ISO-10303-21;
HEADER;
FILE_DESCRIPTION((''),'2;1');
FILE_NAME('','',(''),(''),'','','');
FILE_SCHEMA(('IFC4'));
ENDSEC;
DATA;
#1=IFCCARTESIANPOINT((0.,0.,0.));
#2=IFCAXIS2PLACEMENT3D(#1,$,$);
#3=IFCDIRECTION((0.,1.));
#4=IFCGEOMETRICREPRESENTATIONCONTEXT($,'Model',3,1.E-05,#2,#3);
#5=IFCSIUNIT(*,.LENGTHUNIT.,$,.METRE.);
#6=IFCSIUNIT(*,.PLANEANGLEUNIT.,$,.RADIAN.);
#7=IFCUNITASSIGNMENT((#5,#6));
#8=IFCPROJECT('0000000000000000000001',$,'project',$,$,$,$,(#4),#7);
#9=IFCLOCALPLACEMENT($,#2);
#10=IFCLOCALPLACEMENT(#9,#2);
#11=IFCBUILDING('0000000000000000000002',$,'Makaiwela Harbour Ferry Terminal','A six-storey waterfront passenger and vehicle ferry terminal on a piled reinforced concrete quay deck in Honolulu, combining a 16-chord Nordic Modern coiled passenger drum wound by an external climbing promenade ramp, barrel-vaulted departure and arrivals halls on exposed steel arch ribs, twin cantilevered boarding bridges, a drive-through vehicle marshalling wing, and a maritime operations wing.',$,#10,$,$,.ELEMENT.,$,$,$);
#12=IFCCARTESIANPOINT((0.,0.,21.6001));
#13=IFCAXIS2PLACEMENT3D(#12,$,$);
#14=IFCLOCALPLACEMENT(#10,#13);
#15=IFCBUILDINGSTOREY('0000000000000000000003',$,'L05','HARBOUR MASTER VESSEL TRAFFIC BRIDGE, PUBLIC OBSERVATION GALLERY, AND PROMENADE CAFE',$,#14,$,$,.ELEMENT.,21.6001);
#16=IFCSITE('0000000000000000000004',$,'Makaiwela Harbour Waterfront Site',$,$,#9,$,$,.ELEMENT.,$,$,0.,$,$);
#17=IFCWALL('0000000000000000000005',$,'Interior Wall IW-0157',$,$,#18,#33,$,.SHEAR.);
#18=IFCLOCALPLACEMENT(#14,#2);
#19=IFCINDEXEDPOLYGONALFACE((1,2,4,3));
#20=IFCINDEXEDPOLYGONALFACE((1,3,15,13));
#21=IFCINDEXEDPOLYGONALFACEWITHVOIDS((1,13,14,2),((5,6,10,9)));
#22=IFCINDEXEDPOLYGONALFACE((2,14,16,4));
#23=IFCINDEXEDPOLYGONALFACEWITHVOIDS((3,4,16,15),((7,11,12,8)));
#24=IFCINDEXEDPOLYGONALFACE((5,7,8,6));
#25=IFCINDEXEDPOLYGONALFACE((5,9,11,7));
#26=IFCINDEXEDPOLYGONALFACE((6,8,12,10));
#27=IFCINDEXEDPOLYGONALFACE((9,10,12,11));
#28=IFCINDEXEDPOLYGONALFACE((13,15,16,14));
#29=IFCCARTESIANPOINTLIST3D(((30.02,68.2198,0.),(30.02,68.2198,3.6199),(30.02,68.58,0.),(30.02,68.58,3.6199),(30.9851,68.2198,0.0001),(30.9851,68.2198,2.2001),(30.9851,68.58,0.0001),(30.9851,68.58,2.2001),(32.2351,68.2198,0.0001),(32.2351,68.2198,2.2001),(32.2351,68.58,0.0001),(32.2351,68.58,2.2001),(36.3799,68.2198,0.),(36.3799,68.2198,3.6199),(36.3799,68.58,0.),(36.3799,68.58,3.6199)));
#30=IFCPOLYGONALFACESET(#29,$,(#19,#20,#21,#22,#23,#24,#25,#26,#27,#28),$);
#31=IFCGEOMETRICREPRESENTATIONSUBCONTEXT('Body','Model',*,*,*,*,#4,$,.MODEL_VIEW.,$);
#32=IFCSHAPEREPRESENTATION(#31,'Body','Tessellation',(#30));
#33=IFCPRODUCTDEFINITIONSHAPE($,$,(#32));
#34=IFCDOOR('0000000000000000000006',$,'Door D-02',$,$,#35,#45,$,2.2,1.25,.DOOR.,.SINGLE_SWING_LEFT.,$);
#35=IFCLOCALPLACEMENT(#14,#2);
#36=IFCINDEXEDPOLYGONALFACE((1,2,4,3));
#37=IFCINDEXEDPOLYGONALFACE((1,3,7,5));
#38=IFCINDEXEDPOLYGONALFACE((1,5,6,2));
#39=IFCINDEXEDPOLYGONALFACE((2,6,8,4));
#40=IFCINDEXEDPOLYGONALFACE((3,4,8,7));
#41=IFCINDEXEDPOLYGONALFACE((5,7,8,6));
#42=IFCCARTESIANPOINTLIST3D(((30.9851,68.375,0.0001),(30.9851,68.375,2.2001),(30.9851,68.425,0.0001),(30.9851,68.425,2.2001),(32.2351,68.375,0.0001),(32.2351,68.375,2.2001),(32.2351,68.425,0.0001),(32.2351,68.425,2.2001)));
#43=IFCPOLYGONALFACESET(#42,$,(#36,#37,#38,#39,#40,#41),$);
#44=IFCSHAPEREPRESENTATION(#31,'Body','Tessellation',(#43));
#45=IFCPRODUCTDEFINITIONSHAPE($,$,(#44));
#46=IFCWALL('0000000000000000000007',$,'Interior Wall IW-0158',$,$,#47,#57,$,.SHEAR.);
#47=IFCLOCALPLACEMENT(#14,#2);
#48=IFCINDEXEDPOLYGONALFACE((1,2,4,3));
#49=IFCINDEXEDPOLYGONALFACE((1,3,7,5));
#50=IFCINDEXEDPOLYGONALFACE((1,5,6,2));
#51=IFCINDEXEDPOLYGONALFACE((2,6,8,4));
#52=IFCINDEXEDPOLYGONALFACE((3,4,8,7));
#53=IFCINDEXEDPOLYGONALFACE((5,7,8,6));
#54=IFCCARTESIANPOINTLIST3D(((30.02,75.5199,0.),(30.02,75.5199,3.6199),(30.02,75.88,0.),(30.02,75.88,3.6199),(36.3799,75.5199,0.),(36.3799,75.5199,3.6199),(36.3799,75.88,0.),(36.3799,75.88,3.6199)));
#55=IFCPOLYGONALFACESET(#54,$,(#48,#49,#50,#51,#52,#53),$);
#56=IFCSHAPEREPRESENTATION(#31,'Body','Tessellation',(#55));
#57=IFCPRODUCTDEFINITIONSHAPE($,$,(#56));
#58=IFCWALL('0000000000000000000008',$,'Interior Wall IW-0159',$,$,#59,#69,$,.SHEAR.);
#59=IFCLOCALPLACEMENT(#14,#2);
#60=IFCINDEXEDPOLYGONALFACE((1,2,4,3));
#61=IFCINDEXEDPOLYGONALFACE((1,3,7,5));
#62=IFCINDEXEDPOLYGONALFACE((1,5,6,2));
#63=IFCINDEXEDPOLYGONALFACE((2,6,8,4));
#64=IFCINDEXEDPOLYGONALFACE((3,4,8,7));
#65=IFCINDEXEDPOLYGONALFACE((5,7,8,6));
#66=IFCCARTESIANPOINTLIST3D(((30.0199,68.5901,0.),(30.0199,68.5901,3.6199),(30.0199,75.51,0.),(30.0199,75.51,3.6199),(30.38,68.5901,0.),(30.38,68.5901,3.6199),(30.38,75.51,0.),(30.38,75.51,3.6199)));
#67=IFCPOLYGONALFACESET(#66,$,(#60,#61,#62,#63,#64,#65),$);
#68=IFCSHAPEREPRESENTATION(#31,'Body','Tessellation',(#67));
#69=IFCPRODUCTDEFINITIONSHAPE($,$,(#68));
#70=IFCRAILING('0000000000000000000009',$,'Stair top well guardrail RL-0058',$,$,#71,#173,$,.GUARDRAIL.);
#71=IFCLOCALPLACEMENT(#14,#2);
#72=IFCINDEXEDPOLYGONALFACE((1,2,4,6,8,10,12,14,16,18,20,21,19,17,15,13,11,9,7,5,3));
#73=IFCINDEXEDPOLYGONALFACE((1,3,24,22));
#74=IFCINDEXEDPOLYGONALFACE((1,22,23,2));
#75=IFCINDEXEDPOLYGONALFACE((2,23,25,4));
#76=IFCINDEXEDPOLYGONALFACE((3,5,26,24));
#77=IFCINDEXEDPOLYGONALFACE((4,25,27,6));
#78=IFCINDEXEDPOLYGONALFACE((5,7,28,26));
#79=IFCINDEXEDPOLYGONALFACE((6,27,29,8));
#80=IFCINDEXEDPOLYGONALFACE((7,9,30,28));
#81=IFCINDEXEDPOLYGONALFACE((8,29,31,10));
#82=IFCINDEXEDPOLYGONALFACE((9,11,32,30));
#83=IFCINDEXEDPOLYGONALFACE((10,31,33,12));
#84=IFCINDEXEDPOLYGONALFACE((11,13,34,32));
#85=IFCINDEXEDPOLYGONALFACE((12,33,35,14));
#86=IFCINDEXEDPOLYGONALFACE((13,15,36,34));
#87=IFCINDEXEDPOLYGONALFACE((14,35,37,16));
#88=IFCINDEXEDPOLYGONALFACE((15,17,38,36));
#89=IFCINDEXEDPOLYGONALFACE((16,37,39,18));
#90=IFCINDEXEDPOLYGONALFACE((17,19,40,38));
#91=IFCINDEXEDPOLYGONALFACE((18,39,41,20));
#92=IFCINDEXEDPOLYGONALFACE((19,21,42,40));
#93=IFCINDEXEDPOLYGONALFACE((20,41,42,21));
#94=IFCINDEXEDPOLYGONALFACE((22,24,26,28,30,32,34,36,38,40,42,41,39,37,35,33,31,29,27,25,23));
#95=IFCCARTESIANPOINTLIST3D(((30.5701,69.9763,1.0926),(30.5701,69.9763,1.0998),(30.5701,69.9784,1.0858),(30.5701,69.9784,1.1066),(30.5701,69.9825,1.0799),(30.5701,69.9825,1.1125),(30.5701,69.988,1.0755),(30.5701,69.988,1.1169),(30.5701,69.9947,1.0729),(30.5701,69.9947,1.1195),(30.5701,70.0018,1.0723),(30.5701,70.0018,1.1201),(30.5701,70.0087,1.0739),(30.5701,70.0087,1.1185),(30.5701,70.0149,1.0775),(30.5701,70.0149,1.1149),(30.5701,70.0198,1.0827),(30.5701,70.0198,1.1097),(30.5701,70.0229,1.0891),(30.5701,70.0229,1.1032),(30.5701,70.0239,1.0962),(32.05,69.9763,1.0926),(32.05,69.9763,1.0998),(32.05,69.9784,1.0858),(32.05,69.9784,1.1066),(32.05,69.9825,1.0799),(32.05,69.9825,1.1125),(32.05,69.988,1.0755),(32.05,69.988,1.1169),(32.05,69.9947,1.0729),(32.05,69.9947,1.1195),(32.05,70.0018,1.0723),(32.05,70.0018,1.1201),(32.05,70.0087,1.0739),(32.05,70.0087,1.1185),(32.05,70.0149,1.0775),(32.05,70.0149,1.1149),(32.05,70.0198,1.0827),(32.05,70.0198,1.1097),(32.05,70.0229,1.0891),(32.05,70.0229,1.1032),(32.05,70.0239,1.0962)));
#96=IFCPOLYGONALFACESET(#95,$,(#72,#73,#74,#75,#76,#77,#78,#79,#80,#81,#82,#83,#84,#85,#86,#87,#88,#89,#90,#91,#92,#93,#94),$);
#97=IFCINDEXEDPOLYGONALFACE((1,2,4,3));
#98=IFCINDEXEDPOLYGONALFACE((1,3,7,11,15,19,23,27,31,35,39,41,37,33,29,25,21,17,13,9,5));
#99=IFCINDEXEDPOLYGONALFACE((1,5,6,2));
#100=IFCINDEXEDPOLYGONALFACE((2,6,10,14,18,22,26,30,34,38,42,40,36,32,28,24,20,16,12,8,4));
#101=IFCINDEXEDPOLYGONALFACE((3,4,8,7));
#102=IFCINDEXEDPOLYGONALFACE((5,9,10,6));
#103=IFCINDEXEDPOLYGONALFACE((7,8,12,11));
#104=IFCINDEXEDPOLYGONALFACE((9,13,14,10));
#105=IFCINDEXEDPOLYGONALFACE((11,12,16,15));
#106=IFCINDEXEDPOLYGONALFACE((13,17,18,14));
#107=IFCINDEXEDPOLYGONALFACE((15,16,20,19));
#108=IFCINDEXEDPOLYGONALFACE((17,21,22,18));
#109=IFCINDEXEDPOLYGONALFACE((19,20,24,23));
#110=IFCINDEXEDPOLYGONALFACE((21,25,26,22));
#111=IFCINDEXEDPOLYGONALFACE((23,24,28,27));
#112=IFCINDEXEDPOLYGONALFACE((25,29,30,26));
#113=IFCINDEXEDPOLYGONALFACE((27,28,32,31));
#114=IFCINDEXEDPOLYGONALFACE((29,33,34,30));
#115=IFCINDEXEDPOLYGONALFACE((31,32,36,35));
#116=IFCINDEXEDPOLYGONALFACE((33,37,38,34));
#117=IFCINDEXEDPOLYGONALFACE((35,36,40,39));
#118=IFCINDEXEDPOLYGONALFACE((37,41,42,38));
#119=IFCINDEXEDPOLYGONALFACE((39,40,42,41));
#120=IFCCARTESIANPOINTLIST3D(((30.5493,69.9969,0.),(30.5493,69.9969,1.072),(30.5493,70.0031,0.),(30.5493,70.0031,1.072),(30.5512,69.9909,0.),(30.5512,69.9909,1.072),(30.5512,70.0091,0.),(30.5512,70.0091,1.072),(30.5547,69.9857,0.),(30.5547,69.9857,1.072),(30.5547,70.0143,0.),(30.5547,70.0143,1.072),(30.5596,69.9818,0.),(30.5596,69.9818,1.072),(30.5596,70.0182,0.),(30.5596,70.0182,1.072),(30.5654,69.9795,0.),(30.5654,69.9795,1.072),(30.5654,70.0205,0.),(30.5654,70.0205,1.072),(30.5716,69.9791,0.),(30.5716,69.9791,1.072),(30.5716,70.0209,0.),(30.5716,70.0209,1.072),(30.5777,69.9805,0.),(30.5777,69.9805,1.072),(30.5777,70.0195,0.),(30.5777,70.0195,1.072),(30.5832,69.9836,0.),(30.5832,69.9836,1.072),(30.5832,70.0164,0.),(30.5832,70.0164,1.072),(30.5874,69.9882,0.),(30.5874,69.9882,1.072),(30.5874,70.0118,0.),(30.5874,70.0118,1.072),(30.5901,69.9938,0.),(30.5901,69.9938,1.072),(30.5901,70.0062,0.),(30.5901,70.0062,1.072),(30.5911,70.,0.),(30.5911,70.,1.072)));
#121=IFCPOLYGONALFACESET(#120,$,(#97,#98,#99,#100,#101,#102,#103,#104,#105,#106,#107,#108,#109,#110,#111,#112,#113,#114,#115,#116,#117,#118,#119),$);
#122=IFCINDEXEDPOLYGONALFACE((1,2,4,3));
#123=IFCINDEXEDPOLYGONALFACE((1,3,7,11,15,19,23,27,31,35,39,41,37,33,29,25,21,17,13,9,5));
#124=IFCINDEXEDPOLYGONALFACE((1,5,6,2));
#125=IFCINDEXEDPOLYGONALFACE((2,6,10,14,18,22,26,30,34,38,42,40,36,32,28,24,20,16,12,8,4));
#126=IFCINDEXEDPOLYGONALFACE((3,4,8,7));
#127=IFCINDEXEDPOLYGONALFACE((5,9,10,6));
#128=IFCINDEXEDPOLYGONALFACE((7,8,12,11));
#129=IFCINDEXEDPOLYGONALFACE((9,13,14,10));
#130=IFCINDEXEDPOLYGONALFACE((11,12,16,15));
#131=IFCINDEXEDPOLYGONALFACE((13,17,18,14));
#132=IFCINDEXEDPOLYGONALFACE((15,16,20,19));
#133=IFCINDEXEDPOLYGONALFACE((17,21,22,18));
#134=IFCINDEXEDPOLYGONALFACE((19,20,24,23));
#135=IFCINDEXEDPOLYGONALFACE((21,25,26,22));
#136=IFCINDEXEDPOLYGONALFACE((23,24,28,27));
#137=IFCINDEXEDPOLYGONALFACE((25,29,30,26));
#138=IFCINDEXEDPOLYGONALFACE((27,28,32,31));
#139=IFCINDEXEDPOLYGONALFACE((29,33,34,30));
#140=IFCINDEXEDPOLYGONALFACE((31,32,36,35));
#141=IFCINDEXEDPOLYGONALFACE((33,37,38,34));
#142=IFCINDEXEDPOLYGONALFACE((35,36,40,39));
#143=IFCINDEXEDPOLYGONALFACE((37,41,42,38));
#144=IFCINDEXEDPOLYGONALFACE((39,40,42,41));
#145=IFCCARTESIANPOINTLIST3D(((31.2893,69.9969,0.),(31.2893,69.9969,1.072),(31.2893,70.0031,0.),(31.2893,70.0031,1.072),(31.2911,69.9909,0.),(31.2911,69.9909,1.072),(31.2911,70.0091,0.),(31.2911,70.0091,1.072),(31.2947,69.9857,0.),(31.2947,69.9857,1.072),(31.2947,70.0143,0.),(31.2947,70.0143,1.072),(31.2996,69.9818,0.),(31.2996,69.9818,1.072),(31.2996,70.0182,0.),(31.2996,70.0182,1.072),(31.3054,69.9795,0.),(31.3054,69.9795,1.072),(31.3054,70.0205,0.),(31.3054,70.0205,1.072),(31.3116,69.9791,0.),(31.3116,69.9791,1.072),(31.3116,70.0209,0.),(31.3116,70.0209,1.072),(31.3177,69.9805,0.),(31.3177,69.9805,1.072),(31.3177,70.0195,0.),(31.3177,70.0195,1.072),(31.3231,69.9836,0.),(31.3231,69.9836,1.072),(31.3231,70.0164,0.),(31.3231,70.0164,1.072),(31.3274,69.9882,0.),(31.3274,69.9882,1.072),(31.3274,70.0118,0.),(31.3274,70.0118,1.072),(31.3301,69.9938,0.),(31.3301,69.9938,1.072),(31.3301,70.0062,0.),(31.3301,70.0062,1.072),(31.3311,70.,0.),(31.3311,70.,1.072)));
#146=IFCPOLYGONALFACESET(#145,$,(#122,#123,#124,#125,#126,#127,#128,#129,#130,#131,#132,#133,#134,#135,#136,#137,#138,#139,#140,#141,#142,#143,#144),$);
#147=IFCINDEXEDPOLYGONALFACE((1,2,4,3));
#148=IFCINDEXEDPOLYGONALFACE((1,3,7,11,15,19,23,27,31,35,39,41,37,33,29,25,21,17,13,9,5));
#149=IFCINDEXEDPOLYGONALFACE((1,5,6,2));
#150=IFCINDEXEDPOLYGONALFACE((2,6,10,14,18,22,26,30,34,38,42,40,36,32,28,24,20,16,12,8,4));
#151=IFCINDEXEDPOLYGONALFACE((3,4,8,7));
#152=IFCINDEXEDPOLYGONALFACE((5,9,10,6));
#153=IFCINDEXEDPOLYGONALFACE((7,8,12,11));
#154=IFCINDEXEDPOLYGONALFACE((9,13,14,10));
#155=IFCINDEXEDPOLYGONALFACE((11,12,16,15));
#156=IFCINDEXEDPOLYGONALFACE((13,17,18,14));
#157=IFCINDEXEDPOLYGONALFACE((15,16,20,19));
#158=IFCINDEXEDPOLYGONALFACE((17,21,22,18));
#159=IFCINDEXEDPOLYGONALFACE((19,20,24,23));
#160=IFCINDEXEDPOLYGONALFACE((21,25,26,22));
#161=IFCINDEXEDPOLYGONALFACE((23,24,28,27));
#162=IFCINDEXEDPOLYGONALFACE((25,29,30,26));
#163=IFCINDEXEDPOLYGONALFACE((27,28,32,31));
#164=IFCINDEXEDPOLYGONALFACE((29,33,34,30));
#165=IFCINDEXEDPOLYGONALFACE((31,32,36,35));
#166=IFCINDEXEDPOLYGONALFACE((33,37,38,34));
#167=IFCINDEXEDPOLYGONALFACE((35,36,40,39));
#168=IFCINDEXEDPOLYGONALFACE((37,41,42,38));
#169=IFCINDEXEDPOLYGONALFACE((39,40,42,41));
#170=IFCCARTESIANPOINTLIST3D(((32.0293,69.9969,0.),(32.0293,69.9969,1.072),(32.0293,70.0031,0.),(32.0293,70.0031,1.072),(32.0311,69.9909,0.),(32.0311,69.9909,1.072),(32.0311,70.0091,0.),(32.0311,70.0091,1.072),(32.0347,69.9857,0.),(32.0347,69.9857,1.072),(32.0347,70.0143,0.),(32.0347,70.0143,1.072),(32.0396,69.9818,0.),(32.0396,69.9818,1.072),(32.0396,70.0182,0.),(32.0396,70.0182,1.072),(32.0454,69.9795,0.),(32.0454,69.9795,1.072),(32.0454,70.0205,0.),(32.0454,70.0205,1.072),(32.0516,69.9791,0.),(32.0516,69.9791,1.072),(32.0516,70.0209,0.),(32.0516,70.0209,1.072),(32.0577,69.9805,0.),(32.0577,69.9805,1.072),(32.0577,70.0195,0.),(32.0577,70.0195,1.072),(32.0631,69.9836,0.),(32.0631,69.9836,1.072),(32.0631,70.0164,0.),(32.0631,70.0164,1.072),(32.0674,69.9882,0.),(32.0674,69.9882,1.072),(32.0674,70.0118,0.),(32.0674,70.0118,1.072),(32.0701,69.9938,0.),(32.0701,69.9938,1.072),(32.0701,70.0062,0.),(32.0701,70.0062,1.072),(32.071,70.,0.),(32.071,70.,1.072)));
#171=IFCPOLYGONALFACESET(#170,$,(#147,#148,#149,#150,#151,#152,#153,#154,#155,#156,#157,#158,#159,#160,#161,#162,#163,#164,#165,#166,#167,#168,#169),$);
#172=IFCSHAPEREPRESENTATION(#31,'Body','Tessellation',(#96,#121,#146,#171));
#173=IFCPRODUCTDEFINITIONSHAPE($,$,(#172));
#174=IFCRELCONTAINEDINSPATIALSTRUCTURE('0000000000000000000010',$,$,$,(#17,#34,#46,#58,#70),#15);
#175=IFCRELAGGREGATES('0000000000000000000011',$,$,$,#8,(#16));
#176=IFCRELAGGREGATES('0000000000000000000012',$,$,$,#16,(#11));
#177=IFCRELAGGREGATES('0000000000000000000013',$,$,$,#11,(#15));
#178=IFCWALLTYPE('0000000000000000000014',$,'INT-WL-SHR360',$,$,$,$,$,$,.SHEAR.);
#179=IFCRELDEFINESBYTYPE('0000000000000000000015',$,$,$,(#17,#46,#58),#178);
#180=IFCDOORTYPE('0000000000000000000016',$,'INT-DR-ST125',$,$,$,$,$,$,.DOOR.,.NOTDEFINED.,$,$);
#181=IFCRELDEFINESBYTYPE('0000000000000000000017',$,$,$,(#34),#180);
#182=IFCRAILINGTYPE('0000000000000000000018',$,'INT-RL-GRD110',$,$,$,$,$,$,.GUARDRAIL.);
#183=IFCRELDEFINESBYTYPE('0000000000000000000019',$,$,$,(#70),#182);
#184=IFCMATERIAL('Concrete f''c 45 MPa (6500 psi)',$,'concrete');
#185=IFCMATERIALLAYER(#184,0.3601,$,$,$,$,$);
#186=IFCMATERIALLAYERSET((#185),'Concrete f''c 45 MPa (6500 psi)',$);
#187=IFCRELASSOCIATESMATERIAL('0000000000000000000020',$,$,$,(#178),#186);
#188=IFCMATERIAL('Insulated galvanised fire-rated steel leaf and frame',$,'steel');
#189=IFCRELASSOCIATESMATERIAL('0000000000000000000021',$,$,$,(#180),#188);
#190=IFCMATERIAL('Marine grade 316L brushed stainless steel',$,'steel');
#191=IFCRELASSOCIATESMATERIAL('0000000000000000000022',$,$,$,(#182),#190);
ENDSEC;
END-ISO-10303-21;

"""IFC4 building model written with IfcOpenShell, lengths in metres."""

from ifc_helpers import new_model, si_unit, direction, frame, frame_2d, origin, origin_2d, place, context, subcontext, project, spatial, rectangle, circle, extrude, material, layer, layer_set, type_object, element, fill, save


model = new_model("IFC4")

# Units and contexts
model_context = context("Model", 3, precision=1e-05, world=origin(), true_north=direction((0.0, 1.0)))
body_context = subcontext(model_context, "Body", "Model", "MODEL_VIEW")
ifc_project = project(units=[si_unit("LENGTHUNIT", "METRE"), si_unit("PLANEANGLEUNIT", "RADIAN")], contexts=[model_context])

# Site, building, storey
site_placement = place(None, origin())
site = spatial("IfcSite", under=ifc_project, at=site_placement, Name="Makaiwela Harbour Waterfront Site", CompositionType="ELEMENT", RefElevation=0.0)
building_placement = place(site_placement, origin())
building = spatial("IfcBuilding", under=site, at=building_placement, Name="Makaiwela Harbour Ferry Terminal", Description="A six-storey waterfront passenger and vehicle ferry terminal on a piled reinforced concrete quay deck in Honolulu, combining a 16-chord Nordic Modern coiled passenger drum wound by an external climbing promenade ramp, barrel-vaulted departure and arrivals halls on exposed steel arch ribs, twin cantilevered boarding bridges, a drive-through vehicle marshalling wing, and a maritime operations wing.", CompositionType="ELEMENT")
storey_placement = place(building_placement, frame((0.0, 0.0, 21.6001)))
storey = spatial("IfcBuildingStorey", under=building, at=storey_placement, Name="L05", Description="HARBOUR MASTER VESSEL TRAFFIC BRIDGE, PUBLIC OBSERVATION GALLERY, AND PROMENADE CAFE", CompositionType="ELEMENT", Elevation=21.6001)

# Shared definitions
ifc_material_1 = material(Name="Concrete f'c 45 MPa (6500 psi)", Category="concrete")

# Wall, opening, door
ifc_layer_1 = layer(ifc_material_1, 0.3601)
ifc_layer_set_1 = layer_set([ifc_layer_1], Name="Concrete f'c 45 MPa (6500 psi)")
wall_type_1 = type_object("IfcWallType", Name="INT-WL-SHR360", PredefinedType="SHEAR", material=ifc_layer_set_1)
wall_1_placement = place(storey_placement, frame((30.02, 68.3999, 0.0), z_axis=(0.0, 0.0, 1.0), x_axis=(1.0, 0.0, 0.0)))
wall_1 = element("IfcWall", 1, at=wall_1_placement, inside=storey, type_object=wall_type_1, Name="Interior Wall IW-0157", PredefinedType="SHEAR", context=body_context, shape_type="SweptSolid", body=[
    extrude(rectangle(XDim=6.3599, YDim=0.3601, at=frame_2d((3.1799, 0.0))), origin(), (0.0, 0.0, 1.0), 3.6199),
])
opening_1_placement = place(wall_1_placement, frame((0.9651, 0.0, 0.0)))
opening_1 = element("IfcOpeningElement", 2, at=opening_1_placement, cuts=wall_1, PredefinedType="OPENING", context=body_context, shape_type="SweptSolid", body=[
    extrude(rectangle(XDim=1.25, YDim=2.2, at=frame_2d((0.625, 1.1001))), frame((0.0, 0.1899, 0.0), z_axis=(0.0, -1.0, 0.0), x_axis=(1.0, 0.0, 0.0)), (0.0, 0.0, 1.0), 0.3801),
])
ifc_material_2 = material(Name="Insulated galvanised fire-rated steel leaf and frame", Category="steel")
door_type_1 = type_object("IfcDoorType", Name="INT-DR-ST125", OperationType="NOTDEFINED", PredefinedType="DOOR", material=ifc_material_2)
door_1_placement = place(opening_1_placement, frame((1.25, 0.0, 0.0), z_axis=(0.0, 0.0, 1.0), x_axis=(-1.0, 0.0, 0.0)))
door_1 = element("IfcDoor", 3, at=door_1_placement, inside=storey, type_object=door_type_1, Name="Door D-02", OperationType="SINGLE_SWING_LEFT", OverallHeight=2.2, OverallWidth=1.25, PredefinedType="DOOR", context=body_context, shape_type="SweptSolid", body=[
    extrude(rectangle(XDim=1.25, YDim=2.2, at=frame_2d((0.625, 1.1001))), frame((0.0, 0.0249, 0.0), z_axis=(0.0, -1.0, 0.0), x_axis=(1.0, 0.0, 0.0)), (0.0, 0.0, 1.0), 0.05),
])
fill(opening_1, door_1)

# Walls
wall_2_placement = place(storey_placement, frame((30.02, 75.7, 0.0), z_axis=(0.0, 0.0, 1.0), x_axis=(1.0, 0.0, 0.0)))
element("IfcWall", 4, at=wall_2_placement, inside=storey, type_object=wall_type_1, Name="Interior Wall IW-0158", PredefinedType="SHEAR", context=body_context, shape_type="SweptSolid", body=[
    extrude(rectangle(XDim=6.3599, YDim=0.3601, at=frame_2d((3.1799, 0.0))), origin(), (0.0, 0.0, 1.0), 3.6199),
])
wall_3_placement = place(storey_placement, frame((30.2, 68.5901, 0.0), z_axis=(0.0, 0.0, 1.0), x_axis=(0.0, 1.0, 0.0)))
element("IfcWall", 5, at=wall_3_placement, inside=storey, type_object=wall_type_1, Name="Interior Wall IW-0159", PredefinedType="SHEAR", context=body_context, shape_type="SweptSolid", body=[
    extrude(rectangle(XDim=6.9199, YDim=0.3601, at=frame_2d((3.46, 0.0))), origin(), (0.0, 0.0, 1.0), 3.6199),
])

# Shared definitions
ifc_material_3 = material(Name="Marine grade 316L brushed stainless steel", Category="steel")

# Railing
railing_type = type_object("IfcRailingType", Name="INT-RL-GRD110", PredefinedType="GUARDRAIL", material=ifc_material_3)
railing_placement = place(storey_placement, frame((30.5701, 70.0, 0.0)))
element("IfcRailing", 6, at=railing_placement, inside=storey, type_object=railing_type, Name="Stair top well guardrail RL-0058", PredefinedType="GUARDRAIL", context=body_context, shape_type="SweptSolid", body=[
    extrude(circle(Radius=0.0239, at=origin_2d()), frame((0.0, 0.0, 1.0962), z_axis=(1.0, 0.0, 0.0), x_axis=(0.0, 1.0, 0.0)), (0.0, 0.0, 1.0), 1.48),
    extrude(circle(Radius=0.021, at=origin_2d()), origin(), (0.0, 0.0, 1.0), 1.072),
    extrude(circle(Radius=0.021, at=origin_2d()), frame((0.74, 0.0, 0.0)), (0.0, 0.0, 1.0), 1.072),
    extrude(circle(Radius=0.021, at=origin_2d()), frame((1.48, 0.0, 0.0)), (0.0, 0.0, 1.0), 1.072),
])

save(model, "model.ifc")
